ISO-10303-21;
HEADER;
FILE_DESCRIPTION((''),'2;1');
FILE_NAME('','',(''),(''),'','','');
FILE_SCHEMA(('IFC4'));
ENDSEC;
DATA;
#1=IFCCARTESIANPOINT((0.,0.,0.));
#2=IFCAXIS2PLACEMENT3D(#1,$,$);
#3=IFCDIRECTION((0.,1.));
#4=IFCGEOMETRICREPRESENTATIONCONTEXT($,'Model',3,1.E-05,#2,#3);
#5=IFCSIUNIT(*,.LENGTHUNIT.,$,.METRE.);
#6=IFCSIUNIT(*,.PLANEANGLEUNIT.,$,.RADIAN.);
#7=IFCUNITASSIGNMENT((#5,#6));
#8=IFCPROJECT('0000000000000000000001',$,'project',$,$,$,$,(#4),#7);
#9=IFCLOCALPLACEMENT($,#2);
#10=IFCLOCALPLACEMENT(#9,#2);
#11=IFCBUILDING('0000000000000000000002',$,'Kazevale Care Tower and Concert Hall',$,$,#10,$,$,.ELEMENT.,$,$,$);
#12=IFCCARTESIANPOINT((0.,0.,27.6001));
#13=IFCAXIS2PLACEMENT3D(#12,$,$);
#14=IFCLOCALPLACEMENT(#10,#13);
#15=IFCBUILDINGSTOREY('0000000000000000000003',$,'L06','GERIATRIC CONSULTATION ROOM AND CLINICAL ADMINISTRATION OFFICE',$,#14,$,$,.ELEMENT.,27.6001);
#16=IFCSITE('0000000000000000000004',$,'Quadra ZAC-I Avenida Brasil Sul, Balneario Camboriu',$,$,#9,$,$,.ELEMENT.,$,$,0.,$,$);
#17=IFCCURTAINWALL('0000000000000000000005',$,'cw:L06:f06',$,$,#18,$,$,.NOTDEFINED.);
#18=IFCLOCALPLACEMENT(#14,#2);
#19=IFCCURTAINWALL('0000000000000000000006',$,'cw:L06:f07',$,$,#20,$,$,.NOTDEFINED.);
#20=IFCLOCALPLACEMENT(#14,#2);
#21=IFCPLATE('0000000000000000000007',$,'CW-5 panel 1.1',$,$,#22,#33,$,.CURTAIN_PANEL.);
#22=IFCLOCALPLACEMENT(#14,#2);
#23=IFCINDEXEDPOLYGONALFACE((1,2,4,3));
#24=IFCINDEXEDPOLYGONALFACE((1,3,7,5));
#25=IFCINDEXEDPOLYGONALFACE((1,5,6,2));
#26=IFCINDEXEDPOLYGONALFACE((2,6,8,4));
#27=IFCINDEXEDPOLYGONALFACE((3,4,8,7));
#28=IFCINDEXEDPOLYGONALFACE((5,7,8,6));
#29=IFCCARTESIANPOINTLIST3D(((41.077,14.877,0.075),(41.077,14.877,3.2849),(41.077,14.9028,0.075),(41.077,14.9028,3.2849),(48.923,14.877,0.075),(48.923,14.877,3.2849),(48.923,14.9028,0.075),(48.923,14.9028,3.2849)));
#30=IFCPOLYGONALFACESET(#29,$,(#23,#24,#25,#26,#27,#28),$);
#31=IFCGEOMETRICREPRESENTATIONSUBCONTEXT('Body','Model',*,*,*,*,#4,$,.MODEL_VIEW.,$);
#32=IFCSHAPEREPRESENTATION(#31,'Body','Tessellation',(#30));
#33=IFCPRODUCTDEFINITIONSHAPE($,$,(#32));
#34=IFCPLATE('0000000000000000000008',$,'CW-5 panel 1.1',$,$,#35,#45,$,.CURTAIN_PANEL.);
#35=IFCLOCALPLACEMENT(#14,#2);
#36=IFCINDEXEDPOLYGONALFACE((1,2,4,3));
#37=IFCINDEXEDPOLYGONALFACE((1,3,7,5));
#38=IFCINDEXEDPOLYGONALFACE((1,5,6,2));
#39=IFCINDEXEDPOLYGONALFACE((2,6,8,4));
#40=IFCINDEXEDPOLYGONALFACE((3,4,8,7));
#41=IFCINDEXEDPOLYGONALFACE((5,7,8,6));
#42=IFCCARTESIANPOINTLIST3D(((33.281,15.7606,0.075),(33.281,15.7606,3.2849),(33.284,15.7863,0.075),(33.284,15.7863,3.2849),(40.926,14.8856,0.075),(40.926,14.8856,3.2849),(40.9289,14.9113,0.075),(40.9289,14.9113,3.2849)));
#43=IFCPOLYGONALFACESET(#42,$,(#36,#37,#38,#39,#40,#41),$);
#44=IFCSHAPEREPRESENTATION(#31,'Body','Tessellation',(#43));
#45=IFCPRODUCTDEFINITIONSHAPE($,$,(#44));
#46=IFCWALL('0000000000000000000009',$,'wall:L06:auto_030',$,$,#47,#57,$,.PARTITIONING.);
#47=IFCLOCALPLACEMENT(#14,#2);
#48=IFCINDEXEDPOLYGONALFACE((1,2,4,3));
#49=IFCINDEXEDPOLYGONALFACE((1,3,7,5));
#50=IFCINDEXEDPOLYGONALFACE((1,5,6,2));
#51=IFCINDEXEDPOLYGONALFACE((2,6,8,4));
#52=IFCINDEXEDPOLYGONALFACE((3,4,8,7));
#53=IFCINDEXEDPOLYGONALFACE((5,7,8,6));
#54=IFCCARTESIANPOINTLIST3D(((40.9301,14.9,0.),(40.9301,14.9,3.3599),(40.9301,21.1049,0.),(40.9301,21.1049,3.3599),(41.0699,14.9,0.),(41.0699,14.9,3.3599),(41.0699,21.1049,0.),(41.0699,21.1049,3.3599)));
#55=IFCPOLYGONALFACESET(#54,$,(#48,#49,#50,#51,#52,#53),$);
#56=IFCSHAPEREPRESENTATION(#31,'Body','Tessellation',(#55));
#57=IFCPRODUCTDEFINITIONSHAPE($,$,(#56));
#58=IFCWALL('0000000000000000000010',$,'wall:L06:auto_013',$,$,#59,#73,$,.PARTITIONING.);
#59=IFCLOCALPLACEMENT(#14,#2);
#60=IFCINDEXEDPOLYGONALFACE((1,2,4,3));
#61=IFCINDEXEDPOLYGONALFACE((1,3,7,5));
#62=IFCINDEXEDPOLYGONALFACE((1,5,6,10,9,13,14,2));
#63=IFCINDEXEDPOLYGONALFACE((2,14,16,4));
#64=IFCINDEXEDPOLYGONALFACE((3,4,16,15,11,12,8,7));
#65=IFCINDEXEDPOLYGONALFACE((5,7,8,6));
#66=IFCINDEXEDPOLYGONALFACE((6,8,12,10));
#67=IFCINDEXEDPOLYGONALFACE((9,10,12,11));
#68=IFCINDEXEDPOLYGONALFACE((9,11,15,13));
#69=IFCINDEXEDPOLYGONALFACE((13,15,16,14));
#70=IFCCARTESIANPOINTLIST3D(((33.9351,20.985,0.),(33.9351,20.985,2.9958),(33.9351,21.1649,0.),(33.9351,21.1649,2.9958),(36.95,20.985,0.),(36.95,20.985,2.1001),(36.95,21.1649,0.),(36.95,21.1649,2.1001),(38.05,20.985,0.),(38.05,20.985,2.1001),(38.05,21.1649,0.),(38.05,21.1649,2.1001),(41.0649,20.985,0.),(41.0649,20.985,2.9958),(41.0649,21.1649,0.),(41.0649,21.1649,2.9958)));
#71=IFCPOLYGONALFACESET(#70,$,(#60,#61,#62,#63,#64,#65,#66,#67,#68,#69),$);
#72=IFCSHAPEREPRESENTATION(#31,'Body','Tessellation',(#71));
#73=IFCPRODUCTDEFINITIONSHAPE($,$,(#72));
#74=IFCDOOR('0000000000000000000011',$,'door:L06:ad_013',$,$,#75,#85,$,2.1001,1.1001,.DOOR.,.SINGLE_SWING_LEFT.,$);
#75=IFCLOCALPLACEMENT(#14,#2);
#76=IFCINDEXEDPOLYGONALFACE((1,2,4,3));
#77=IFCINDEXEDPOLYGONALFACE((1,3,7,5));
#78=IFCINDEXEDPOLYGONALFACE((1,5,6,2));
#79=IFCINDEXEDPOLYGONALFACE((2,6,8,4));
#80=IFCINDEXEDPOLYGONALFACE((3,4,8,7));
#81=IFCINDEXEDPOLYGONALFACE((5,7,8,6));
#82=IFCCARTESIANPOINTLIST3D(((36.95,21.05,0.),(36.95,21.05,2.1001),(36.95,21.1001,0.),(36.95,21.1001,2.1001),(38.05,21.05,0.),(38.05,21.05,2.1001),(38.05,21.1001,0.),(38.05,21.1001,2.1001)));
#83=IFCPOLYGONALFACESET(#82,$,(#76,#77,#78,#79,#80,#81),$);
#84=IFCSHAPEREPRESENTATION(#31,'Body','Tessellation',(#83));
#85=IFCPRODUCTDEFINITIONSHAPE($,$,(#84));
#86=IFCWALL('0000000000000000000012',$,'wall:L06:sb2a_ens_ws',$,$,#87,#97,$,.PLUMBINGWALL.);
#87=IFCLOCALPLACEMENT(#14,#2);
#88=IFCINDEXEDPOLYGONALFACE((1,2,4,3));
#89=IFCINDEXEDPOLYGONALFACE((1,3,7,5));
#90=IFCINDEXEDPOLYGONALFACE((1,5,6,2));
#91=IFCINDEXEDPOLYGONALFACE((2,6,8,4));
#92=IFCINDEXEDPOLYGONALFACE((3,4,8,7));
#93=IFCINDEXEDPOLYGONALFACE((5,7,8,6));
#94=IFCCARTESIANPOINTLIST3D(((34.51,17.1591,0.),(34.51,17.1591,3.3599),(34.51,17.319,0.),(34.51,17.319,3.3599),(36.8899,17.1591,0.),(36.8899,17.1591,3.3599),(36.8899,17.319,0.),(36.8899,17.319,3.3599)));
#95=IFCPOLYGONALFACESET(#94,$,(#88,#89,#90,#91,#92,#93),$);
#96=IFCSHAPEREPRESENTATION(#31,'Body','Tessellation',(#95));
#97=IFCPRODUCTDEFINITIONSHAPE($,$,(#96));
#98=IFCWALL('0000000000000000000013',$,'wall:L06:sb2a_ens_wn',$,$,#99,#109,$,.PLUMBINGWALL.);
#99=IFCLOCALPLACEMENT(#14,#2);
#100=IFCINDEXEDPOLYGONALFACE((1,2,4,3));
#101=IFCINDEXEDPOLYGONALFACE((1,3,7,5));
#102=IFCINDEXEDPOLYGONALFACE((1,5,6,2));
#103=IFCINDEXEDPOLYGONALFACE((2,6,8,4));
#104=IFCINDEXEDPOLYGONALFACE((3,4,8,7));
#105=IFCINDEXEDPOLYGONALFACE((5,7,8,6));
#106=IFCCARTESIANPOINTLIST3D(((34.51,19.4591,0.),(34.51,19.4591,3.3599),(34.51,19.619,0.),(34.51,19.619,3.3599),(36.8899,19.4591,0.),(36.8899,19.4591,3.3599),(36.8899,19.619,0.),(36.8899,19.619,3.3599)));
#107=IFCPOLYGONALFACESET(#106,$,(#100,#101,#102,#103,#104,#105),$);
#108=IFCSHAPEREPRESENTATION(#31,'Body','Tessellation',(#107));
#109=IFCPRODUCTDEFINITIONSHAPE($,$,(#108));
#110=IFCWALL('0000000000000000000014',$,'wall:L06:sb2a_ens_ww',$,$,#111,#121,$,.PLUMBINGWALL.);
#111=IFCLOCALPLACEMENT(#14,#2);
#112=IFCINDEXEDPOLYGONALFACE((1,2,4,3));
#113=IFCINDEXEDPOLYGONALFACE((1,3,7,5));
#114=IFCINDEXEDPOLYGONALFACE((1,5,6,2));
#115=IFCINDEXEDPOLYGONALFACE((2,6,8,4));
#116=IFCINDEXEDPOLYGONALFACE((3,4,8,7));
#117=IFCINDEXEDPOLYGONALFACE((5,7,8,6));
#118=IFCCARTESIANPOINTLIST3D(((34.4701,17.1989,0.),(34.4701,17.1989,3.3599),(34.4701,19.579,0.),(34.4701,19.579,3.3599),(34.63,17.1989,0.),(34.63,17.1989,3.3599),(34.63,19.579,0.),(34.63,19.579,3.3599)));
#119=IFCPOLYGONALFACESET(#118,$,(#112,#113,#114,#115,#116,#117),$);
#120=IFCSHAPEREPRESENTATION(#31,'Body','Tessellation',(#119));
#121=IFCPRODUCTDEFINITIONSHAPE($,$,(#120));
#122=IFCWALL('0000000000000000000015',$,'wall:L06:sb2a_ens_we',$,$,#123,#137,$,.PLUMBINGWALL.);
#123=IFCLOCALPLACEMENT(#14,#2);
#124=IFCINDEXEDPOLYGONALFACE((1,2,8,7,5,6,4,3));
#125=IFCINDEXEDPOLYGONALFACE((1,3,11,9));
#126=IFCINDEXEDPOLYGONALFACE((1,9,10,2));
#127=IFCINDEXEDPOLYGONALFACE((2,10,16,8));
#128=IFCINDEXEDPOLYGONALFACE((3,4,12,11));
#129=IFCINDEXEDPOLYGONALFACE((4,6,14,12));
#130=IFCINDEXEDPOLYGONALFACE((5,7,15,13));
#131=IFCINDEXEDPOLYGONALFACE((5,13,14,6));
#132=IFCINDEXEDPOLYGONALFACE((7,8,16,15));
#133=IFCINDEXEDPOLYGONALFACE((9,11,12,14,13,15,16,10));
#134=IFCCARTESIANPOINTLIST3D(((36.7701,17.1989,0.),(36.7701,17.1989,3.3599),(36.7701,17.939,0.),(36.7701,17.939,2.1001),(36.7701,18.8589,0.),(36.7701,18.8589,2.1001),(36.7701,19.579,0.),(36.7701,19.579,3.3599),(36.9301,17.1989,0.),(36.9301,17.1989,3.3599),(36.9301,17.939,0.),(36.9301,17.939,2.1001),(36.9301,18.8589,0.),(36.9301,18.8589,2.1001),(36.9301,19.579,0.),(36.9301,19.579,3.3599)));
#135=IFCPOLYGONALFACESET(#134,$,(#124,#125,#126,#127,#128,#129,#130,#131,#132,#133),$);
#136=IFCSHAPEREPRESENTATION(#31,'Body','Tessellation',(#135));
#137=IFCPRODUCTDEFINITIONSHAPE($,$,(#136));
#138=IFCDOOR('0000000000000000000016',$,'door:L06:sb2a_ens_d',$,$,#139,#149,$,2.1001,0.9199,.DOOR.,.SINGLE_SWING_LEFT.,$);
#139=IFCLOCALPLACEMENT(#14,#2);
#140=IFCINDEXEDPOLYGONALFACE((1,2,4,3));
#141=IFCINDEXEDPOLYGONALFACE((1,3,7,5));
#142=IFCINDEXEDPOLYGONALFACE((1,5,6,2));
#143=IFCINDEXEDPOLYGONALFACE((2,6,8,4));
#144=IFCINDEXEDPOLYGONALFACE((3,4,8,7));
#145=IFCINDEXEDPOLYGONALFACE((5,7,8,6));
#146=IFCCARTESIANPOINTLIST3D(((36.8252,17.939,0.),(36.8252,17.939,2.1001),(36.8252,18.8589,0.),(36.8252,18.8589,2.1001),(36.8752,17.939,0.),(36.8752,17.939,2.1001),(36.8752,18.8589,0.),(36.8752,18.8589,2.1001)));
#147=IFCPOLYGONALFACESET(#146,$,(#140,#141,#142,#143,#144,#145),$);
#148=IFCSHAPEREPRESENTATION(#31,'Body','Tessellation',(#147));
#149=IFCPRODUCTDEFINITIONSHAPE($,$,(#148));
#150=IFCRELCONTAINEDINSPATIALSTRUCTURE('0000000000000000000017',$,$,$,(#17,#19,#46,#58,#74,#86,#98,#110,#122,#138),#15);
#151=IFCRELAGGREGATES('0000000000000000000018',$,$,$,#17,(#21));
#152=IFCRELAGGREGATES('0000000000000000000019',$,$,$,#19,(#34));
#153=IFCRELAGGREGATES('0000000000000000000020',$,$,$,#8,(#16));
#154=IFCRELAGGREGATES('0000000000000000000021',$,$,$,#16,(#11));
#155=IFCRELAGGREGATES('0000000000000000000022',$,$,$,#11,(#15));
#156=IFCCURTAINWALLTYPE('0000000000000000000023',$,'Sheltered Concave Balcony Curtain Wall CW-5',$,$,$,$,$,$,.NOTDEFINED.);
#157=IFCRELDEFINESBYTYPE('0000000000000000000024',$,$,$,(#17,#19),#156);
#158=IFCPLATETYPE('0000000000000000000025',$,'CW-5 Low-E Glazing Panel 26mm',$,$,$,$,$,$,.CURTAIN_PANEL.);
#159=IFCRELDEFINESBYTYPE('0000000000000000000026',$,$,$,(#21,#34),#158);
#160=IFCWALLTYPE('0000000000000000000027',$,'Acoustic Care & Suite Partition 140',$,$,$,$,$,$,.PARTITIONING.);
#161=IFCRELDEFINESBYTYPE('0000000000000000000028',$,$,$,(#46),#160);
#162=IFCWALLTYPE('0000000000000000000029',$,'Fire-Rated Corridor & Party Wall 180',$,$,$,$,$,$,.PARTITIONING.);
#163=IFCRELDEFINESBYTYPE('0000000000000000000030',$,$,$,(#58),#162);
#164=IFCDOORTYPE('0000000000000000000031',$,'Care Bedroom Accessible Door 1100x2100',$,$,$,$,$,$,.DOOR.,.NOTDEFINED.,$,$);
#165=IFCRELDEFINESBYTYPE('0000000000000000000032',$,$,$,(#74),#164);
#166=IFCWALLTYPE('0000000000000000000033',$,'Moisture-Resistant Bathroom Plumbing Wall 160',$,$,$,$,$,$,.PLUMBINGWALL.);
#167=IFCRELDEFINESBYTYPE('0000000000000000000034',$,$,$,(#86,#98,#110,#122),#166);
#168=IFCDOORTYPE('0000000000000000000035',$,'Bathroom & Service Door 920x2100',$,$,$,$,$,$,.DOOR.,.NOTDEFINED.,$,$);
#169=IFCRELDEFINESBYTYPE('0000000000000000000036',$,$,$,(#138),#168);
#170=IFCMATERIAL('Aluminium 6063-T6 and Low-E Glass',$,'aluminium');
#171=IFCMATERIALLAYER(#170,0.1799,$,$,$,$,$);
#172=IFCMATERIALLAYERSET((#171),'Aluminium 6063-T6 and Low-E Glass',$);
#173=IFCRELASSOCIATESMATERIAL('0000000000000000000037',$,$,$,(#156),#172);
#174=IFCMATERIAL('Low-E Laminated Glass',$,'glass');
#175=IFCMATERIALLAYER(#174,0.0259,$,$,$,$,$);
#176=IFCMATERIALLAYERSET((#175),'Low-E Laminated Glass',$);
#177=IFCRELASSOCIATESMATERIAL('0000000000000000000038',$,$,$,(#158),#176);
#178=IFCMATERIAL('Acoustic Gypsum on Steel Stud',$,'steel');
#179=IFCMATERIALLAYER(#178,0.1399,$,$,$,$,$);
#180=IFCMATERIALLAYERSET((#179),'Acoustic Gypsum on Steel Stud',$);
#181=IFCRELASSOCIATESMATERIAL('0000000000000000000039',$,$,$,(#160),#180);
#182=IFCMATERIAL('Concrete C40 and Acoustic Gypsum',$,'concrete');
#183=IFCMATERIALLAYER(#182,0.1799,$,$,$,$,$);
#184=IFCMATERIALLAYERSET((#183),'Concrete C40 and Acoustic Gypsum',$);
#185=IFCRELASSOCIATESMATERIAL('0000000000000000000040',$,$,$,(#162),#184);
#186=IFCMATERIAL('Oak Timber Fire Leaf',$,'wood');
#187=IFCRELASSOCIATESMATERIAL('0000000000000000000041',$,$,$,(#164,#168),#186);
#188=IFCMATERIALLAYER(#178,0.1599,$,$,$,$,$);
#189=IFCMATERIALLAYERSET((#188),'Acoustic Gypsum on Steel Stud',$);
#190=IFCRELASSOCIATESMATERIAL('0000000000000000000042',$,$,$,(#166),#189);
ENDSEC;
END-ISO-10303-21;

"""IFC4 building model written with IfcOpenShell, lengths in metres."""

from ifc_helpers import new_model, si_unit, direction, frame, frame_2d, origin, origin_2d, place, context, subcontext, project, spatial, rectangle, extrude, material, layer, layer_set, type_object, element, fill, aggregate, save


model = new_model("IFC4")

# Units and contexts
model_context = context("Model", 3, precision=1e-05, world=origin(), true_north=direction((0.0, 1.0)))
body_context = subcontext(model_context, "Body", "Model", "MODEL_VIEW")
ifc_project = project(units=[si_unit("LENGTHUNIT", "METRE"), si_unit("PLANEANGLEUNIT", "RADIAN")], contexts=[model_context])

# Site, building, storey
site_placement = place(None, origin())
site = spatial("IfcSite", under=ifc_project, at=site_placement, Name="Quadra ZAC-I Avenida Brasil Sul, Balneario Camboriu", CompositionType="ELEMENT", RefElevation=0.0)
building_placement = place(site_placement, origin())
building = spatial("IfcBuilding", under=site, at=building_placement, Name="Kazevale Care Tower and Concert Hall", CompositionType="ELEMENT")
storey_placement = place(building_placement, frame((0.0, 0.0, 27.6001)))
storey = spatial("IfcBuildingStorey", under=building, at=storey_placement, Name="L06", Description="GERIATRIC CONSULTATION ROOM AND CLINICAL ADMINISTRATION OFFICE", CompositionType="ELEMENT", Elevation=27.6001)

# Curtain wall
ifc_material_1 = material(Name="Aluminium 6063-T6 and Low-E Glass", Category="aluminium")
ifc_layer_1 = layer(ifc_material_1, 0.1799)
ifc_layer_set_1 = layer_set([ifc_layer_1], Name="Aluminium 6063-T6 and Low-E Glass")
curtain_wall_type = type_object("IfcCurtainWallType", Name="Sheltered Concave Balcony Curtain Wall CW-5", PredefinedType="NOTDEFINED", material=ifc_layer_set_1)
curtain_wall_1_placement = place(storey_placement, origin())
curtain_wall_1 = element("IfcCurtainWall", 1, at=curtain_wall_1_placement, inside=storey, type_object=curtain_wall_type, Name="cw:L06:f06", PredefinedType="NOTDEFINED")

# Curtain wall
curtain_wall_2_placement = place(storey_placement, origin())
curtain_wall_2 = element("IfcCurtainWall", 2, at=curtain_wall_2_placement, inside=storey, type_object=curtain_wall_type, Name="cw:L06:f07", PredefinedType="NOTDEFINED")

# Plates
ifc_material_2 = material(Name="Low-E Laminated Glass", Category="glass")
ifc_layer_2 = layer(ifc_material_2, 0.0259)
ifc_layer_set_2 = layer_set([ifc_layer_2], Name="Low-E Laminated Glass")
plate_type = type_object("IfcPlateType", Name="CW-5 Low-E Glazing Panel 26mm", PredefinedType="CURTAIN_PANEL", material=ifc_layer_set_2)
plate_1_placement = place(storey_placement, frame((45.0, 14.8899, 0.075), z_axis=(0.0, 0.0, 1.0), x_axis=(-1.0, 0.0, 0.0)))
plate_1 = element("IfcPlate", 3, at=plate_1_placement, type_object=plate_type, Name="CW-5 panel 1.1", PredefinedType="CURTAIN_PANEL", context=body_context, shape_type="SweptSolid", body=[
    extrude(rectangle(XDim=7.8459, YDim=0.0259, at=origin_2d()), origin(), (0.0, 0.0, 1.0), 3.21),
])
aggregate(curtain_wall_1, [plate_1])
plate_2_placement = place(storey_placement, frame((37.105, 15.3359, 0.075), z_axis=(0.0, 0.0, 1.0), x_axis=(-0.993515, 0.113705, 0.0)))
plate_2 = element("IfcPlate", 4, at=plate_2_placement, type_object=plate_type, Name="CW-5 panel 1.1", PredefinedType="CURTAIN_PANEL", context=body_context, shape_type="SweptSolid", body=[
    extrude(rectangle(XDim=7.6948, YDim=0.0259, at=origin_2d()), origin(), (0.0, 0.0, 1.0), 3.21),
])
aggregate(curtain_wall_2, [plate_2])

# Wall
ifc_material_3 = material(Name="Acoustic Gypsum on Steel Stud", Category="steel")
ifc_layer_3 = layer(ifc_material_3, 0.1399)
ifc_layer_set_3 = layer_set([ifc_layer_3], Name="Acoustic Gypsum on Steel Stud")
wall_type_1 = type_object("IfcWallType", Name="Acoustic Care & Suite Partition 140", PredefinedType="PARTITIONING", material=ifc_layer_set_3)
wall_1_placement = place(storey_placement, frame((41.0, 21.105, 0.0), z_axis=(0.0, 0.0, 1.0), x_axis=(0.0, -1.0, 0.0)))
element("IfcWall", 5, at=wall_1_placement, inside=storey, type_object=wall_type_1, Name="wall:L06:auto_030", PredefinedType="PARTITIONING", context=body_context, shape_type="SweptSolid", body=[
    extrude(rectangle(XDim=6.2048, YDim=0.1399, at=frame_2d((3.1025, 0.0))), origin(), (0.0, 0.0, 1.0), 3.3599),
])

# Wall, opening, door
ifc_material_4 = material(Name="Concrete C40 and Acoustic Gypsum", Category="concrete")
ifc_layer_4 = layer(ifc_material_4, 0.1799)
ifc_layer_set_4 = layer_set([ifc_layer_4], Name="Concrete C40 and Acoustic Gypsum")
wall_type_2 = type_object("IfcWallType", Name="Fire-Rated Corridor & Party Wall 180", PredefinedType="PARTITIONING", material=ifc_layer_set_4)
wall_2_placement = place(storey_placement, frame((41.0649, 21.075, 0.0), z_axis=(0.0, 0.0, 1.0), x_axis=(-1.0, 0.0, 0.0)))
wall_2 = element("IfcWall", 6, at=wall_2_placement, inside=storey, type_object=wall_type_2, Name="wall:L06:auto_013", PredefinedType="PARTITIONING", context=body_context, shape_type="SweptSolid", body=[
    extrude(rectangle(XDim=7.1299, YDim=0.1799, at=frame_2d((3.5649, 0.0))), origin(), (0.0, 0.0, 1.0), 2.9958),
])
opening_1_placement = place(wall_2_placement, frame((3.0149, 0.0, 0.0)))
opening_1 = element("IfcOpeningElement", 7, at=opening_1_placement, cuts=wall_2, PredefinedType="OPENING", context=body_context, shape_type="SweptSolid", body=[
    extrude(rectangle(XDim=1.1001, YDim=2.1001, at=frame_2d((0.55, 1.05))), frame((0.0, 0.0999, 0.0), z_axis=(0.0, -1.0, 0.0), x_axis=(1.0, 0.0, 0.0)), (0.0, 0.0, 1.0), 0.2),
])
ifc_material_5 = material(Name="Oak Timber Fire Leaf", Category="wood")
door_type_1 = type_object("IfcDoorType", Name="Care Bedroom Accessible Door 1100x2100", OperationType="NOTDEFINED", PredefinedType="DOOR", material=ifc_material_5)
door_1_placement = place(opening_1_placement, origin())
door_1 = element("IfcDoor", 8, at=door_1_placement, inside=storey, type_object=door_type_1, Name="door:L06:ad_013", OperationType="SINGLE_SWING_LEFT", OverallHeight=2.1001, OverallWidth=1.1001, PredefinedType="DOOR", context=body_context, shape_type="SweptSolid", body=[
    extrude(rectangle(XDim=1.1001, YDim=2.1001, at=frame_2d((0.55, 1.05))), frame((0.0, 0.0249, 0.0), z_axis=(0.0, -1.0, 0.0), x_axis=(1.0, 0.0, 0.0)), (0.0, 0.0, 1.0), 0.05),
])
fill(opening_1, door_1)

# Walls
ifc_layer_5 = layer(ifc_material_3, 0.1599)
ifc_layer_set_5 = layer_set([ifc_layer_5], Name="Acoustic Gypsum on Steel Stud")
wall_type_3 = type_object("IfcWallType", Name="Moisture-Resistant Bathroom Plumbing Wall 160", PredefinedType="PLUMBINGWALL", material=ifc_layer_set_5)
for number, where, z_axis, x_axis, name in (
    (9, (34.51, 17.239, 0.0), (0.0, 0.0, 1.0), (1.0, 0.0, 0.0), "wall:L06:sb2a_ens_ws"),
    (10, (34.51, 19.5391, 0.0), (0.0, 0.0, 1.0), (1.0, 0.0, 0.0), "wall:L06:sb2a_ens_wn"),
):
    element("IfcWall", number, at=place(storey_placement, frame(where, z_axis=z_axis, x_axis=x_axis)), inside=storey, type_object=wall_type_3, Name=name, PredefinedType="PLUMBINGWALL", context=body_context, shape_type="SweptSolid", body=[
        extrude(rectangle(XDim=2.3799, YDim=0.1599, at=frame_2d((1.1899, 0.0))), origin(), (0.0, 0.0, 1.0), 3.3599),
    ])
wall_3_placement = place(storey_placement, frame((34.55, 17.199, 0.0), z_axis=(0.0, 0.0, 1.0), x_axis=(0.0, 1.0, 0.0)))
element("IfcWall", 11, at=wall_3_placement, inside=storey, type_object=wall_type_3, Name="wall:L06:sb2a_ens_ww", PredefinedType="PLUMBINGWALL", context=body_context, shape_type="SweptSolid", body=[
    extrude(rectangle(XDim=2.3801, YDim=0.1599, at=frame_2d((1.1899, 0.0))), origin(), (0.0, 0.0, 1.0), 3.3599),
])

# Wall, opening, door
wall_4_placement = place(storey_placement, frame((36.8501, 17.199, 0.0), z_axis=(0.0, 0.0, 1.0), x_axis=(0.0, 1.0, 0.0)))
wall_4 = element("IfcWall", 12, at=wall_4_placement, inside=storey, type_object=wall_type_3, Name="wall:L06:sb2a_ens_we", PredefinedType="PLUMBINGWALL", context=body_context, shape_type="SweptSolid", body=[
    extrude(rectangle(XDim=2.3801, YDim=0.1599, at=frame_2d((1.1899, 0.0))), origin(), (0.0, 0.0, 1.0), 3.3599),
])
opening_2_placement = place(wall_4_placement, frame((0.74, 0.0, 0.0)))
opening_2 = element("IfcOpeningElement", 13, at=opening_2_placement, cuts=wall_4, PredefinedType="OPENING", context=body_context, shape_type="SweptSolid", body=[
    extrude(rectangle(XDim=0.9199, YDim=2.1001, at=frame_2d((0.46, 1.05))), frame((0.0, 0.0898, 0.0), z_axis=(0.0, -1.0, 0.0), x_axis=(1.0, 0.0, 0.0)), (0.0, 0.0, 1.0), 0.1799),
])
door_type_2 = type_object("IfcDoorType", Name="Bathroom & Service Door 920x2100", OperationType="NOTDEFINED", PredefinedType="DOOR", material=ifc_material_5)
door_2_placement = place(opening_2_placement, origin())
door_2 = element("IfcDoor", 14, at=door_2_placement, inside=storey, type_object=door_type_2, Name="door:L06:sb2a_ens_d", OperationType="SINGLE_SWING_LEFT", OverallHeight=2.1001, OverallWidth=0.9199, PredefinedType="DOOR", context=body_context, shape_type="SweptSolid", body=[
    extrude(rectangle(XDim=0.9199, YDim=2.1001, at=frame_2d((0.46, 1.05))), frame((0.0, 0.0249, 0.0), z_axis=(0.0, -1.0, 0.0), x_axis=(1.0, 0.0, 0.0)), (0.0, 0.0, 1.0), 0.05),
])
fill(opening_2, door_2)

save(model, "model.ifc")
